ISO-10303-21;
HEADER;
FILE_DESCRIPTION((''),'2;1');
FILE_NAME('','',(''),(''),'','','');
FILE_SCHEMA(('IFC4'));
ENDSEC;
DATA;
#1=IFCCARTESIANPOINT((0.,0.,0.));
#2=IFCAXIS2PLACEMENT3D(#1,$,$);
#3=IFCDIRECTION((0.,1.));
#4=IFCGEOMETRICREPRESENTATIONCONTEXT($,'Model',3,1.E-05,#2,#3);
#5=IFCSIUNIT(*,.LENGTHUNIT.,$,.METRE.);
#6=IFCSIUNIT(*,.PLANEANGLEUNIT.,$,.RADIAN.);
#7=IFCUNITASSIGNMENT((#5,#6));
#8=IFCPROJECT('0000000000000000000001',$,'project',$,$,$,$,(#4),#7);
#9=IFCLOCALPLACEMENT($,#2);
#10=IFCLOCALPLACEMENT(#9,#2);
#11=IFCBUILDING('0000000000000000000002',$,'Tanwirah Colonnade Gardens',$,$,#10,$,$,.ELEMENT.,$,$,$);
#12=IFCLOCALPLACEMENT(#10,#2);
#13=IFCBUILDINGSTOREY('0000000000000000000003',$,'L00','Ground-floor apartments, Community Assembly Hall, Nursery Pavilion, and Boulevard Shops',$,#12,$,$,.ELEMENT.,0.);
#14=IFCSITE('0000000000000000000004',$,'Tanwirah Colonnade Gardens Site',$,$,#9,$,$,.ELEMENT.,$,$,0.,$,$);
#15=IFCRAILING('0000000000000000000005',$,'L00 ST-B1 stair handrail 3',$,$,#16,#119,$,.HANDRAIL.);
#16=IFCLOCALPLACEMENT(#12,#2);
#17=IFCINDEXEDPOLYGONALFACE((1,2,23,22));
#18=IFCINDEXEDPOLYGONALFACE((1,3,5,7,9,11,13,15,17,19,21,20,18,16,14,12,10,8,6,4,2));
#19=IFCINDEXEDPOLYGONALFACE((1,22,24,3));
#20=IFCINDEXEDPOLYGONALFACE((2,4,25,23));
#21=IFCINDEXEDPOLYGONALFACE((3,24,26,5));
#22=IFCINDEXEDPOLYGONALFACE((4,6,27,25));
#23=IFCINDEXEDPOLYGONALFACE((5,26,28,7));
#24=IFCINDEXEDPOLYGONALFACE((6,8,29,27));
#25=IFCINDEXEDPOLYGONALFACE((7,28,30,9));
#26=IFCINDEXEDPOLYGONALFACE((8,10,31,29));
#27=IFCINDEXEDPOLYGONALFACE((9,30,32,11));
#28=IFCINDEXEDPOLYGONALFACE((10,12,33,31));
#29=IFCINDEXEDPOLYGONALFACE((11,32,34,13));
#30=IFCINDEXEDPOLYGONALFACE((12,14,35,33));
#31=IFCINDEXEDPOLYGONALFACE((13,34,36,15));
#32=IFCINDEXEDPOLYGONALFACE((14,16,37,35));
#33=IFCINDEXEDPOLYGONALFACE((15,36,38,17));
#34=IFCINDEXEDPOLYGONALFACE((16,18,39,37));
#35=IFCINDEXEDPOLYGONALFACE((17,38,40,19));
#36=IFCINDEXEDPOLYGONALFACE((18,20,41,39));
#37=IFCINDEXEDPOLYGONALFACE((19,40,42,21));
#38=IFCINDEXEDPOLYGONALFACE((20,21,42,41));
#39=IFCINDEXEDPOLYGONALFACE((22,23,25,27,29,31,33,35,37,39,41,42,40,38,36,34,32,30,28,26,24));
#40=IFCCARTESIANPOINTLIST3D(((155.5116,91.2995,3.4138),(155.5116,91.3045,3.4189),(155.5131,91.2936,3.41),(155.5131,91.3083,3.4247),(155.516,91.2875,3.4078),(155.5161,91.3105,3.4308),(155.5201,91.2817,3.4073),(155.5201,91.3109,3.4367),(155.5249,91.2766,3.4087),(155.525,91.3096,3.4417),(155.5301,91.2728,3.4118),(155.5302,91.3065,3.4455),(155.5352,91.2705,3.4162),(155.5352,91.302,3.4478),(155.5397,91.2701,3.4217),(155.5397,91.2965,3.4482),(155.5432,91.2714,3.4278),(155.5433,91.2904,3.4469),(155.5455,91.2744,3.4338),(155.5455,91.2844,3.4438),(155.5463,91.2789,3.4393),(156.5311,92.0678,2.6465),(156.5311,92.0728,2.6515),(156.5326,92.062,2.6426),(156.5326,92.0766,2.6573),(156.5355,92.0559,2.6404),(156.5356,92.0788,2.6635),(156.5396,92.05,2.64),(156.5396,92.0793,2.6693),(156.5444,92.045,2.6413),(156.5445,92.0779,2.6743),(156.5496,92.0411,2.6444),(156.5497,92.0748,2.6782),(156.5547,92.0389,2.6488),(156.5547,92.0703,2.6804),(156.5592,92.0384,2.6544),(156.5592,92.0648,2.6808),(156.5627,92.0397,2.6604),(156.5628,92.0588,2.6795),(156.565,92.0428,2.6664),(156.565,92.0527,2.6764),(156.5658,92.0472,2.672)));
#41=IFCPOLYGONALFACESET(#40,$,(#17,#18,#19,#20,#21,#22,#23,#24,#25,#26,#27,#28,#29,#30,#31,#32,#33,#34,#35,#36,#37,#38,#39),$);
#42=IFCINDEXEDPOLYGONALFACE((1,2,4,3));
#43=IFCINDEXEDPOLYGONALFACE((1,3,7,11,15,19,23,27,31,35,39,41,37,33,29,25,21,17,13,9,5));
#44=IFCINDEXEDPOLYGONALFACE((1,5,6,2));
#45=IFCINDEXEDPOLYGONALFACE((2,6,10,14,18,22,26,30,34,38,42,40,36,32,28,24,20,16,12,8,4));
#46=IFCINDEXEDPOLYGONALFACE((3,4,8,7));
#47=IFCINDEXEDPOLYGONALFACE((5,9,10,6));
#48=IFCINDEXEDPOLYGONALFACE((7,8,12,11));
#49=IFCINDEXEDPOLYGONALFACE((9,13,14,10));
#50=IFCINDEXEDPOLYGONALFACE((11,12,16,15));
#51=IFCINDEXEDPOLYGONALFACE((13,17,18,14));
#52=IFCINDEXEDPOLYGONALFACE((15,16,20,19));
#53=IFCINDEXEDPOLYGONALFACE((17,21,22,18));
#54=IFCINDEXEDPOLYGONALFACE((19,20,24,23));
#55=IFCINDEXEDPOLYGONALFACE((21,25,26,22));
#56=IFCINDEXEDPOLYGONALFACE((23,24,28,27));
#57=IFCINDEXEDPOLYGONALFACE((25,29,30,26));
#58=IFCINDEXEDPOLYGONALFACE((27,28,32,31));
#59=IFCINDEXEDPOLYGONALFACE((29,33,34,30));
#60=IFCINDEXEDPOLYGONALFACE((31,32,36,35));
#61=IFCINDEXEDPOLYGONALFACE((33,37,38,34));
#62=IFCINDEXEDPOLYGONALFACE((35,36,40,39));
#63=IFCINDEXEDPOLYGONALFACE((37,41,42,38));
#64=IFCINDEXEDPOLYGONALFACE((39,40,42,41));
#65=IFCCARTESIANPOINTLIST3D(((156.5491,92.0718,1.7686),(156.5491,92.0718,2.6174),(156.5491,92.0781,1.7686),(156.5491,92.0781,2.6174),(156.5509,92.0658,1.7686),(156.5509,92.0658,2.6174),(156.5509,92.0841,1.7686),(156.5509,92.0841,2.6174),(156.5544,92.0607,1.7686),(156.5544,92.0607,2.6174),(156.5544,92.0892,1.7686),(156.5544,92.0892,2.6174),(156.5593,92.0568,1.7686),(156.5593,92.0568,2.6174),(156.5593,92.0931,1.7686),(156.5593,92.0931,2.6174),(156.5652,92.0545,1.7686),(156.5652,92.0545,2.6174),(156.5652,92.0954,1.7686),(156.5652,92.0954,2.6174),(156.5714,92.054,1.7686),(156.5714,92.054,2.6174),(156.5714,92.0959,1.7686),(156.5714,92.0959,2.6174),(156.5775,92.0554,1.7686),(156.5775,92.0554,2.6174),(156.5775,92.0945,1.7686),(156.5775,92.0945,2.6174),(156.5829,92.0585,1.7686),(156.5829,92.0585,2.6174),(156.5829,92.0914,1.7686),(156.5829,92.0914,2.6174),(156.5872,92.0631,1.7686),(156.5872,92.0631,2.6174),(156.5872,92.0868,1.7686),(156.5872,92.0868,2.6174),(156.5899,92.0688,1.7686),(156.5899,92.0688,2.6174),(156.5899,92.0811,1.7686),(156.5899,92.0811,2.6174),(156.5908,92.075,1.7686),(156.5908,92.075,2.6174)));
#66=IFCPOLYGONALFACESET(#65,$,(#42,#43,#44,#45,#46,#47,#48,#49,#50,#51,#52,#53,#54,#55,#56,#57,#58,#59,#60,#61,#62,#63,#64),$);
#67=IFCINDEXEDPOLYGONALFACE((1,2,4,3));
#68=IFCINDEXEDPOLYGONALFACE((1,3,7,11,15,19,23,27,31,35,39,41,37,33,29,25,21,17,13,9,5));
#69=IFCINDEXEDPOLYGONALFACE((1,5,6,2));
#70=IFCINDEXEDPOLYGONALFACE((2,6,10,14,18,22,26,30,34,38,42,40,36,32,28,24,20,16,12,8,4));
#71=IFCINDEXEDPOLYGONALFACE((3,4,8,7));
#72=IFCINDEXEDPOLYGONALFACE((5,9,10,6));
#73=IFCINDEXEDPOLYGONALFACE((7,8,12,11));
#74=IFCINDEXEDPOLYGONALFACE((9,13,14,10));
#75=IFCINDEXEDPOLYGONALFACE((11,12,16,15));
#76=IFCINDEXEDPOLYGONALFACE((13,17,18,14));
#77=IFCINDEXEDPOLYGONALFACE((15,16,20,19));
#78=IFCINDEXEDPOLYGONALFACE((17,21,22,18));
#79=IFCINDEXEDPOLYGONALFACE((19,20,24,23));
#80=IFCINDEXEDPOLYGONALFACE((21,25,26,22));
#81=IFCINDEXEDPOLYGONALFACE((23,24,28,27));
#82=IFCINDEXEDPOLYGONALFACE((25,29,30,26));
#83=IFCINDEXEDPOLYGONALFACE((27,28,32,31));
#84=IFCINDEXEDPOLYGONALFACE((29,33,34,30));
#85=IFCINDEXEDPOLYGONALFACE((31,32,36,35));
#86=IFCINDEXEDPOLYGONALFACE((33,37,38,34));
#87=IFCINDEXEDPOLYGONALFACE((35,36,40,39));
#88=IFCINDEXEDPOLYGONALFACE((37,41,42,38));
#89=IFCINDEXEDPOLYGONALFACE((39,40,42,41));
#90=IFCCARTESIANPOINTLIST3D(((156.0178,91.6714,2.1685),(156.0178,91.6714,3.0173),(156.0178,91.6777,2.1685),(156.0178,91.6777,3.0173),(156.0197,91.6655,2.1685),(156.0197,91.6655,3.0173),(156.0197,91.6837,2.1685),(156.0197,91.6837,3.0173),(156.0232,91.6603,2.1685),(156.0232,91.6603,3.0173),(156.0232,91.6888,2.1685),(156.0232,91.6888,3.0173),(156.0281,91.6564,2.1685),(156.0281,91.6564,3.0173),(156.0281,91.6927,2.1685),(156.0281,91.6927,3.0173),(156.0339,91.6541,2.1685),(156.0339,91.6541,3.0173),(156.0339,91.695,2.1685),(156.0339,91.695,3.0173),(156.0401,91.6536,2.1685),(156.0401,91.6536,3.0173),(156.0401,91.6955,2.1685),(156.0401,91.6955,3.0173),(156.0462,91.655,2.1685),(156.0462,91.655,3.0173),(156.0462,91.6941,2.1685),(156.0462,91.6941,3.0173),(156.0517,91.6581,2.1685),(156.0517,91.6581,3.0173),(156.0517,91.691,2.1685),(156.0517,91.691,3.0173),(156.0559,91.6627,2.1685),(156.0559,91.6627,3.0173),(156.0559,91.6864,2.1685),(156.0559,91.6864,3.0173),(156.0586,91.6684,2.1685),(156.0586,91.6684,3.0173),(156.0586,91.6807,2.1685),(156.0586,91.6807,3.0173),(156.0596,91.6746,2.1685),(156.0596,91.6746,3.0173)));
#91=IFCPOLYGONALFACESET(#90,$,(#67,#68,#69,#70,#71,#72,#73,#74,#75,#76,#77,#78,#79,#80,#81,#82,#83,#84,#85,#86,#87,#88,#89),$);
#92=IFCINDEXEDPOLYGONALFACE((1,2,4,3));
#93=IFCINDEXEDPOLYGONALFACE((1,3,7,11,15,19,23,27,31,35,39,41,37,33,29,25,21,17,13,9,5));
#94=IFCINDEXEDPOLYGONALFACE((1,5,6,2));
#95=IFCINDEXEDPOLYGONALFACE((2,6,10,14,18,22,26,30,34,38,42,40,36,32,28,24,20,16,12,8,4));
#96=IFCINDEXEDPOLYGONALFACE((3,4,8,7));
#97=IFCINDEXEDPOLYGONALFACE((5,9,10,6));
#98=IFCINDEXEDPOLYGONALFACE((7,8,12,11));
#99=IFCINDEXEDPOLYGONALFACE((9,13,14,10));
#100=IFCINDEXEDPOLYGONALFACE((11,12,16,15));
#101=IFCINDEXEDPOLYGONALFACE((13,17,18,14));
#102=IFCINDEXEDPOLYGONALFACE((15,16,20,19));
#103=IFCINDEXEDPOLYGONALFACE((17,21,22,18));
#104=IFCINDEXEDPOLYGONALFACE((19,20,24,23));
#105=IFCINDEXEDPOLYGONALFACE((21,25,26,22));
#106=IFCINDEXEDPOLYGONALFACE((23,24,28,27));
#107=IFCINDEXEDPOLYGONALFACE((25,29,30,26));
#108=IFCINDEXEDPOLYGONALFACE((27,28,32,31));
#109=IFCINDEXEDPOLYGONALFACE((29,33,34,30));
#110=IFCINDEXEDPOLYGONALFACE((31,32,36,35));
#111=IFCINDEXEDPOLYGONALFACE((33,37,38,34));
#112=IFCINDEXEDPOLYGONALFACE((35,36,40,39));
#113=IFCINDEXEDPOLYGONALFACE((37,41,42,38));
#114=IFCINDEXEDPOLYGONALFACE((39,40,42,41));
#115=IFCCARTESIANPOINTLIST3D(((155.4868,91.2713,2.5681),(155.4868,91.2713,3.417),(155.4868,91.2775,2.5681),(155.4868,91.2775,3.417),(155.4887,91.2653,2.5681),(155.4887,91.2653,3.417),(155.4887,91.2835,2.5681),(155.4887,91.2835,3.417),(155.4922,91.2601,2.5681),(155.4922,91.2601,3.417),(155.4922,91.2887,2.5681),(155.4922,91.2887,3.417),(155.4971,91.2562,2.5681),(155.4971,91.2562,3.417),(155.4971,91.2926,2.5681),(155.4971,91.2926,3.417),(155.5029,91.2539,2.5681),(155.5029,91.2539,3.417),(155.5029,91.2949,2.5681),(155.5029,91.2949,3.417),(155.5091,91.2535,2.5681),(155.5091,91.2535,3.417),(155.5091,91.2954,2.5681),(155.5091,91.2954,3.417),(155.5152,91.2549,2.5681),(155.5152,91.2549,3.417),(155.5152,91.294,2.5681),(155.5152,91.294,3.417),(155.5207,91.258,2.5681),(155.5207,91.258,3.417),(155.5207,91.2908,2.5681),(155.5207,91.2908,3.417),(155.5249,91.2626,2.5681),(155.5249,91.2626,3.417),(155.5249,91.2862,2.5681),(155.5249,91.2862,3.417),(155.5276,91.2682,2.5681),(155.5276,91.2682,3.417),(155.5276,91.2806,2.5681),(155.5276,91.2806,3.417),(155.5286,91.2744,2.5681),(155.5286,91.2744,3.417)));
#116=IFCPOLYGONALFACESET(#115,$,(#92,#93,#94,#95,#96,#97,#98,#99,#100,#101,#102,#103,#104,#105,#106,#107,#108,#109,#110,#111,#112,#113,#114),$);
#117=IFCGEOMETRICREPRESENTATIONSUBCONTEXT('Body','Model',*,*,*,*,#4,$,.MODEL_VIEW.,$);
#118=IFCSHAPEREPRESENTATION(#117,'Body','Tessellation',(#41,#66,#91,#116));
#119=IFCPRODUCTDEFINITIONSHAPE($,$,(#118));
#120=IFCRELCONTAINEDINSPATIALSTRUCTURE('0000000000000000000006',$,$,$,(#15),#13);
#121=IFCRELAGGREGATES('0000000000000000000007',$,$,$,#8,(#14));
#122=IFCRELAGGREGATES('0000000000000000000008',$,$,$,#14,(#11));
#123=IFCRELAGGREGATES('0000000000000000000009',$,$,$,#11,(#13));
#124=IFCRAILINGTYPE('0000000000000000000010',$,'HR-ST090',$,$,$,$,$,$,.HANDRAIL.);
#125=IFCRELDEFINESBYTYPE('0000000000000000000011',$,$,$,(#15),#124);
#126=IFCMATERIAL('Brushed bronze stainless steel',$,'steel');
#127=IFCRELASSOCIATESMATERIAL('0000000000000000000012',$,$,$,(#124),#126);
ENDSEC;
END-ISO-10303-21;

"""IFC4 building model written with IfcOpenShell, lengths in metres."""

from ifc_helpers import new_model, si_unit, direction, frame, origin, origin_2d, place, context, subcontext, project, spatial, circle, extrude, material, type_object, element, save


model = new_model("IFC4")

# Units and contexts
model_context = context("Model", 3, precision=1e-05, world=origin(), true_north=direction((0.0, 1.0)))
body_context = subcontext(model_context, "Body", "Model", "MODEL_VIEW")
ifc_project = project(units=[si_unit("LENGTHUNIT", "METRE"), si_unit("PLANEANGLEUNIT", "RADIAN")], contexts=[model_context])

# Site, building, storey
site_placement = place(None, origin())
site = spatial("IfcSite", under=ifc_project, at=site_placement, Name="Tanwirah Colonnade Gardens Site", CompositionType="ELEMENT", RefElevation=0.0)
building_placement = place(site_placement, origin())
building = spatial("IfcBuilding", under=site, at=building_placement, Name="Tanwirah Colonnade Gardens", CompositionType="ELEMENT")
storey_placement = place(building_placement, origin())
storey = spatial("IfcBuildingStorey", under=building, at=storey_placement, Name="L00", Description="Ground-floor apartments, Community Assembly Hall, Nursery Pavilion, and Boulevard Shops", CompositionType="ELEMENT", Elevation=0.0)

# Railing
ifc_material_1 = material(Name="Brushed bronze stainless steel", Category="steel")
railing_type_1 = type_object("IfcRailingType", Name="HR-ST090", PredefinedType="HANDRAIL", material=ifc_material_1)
railing_1_placement = place(storey_placement, frame((156.5698, 92.075, 1.7686)))
element("IfcRailing", 1, at=railing_1_placement, inside=storey, type_object=railing_type_1, Name="L00 ST-B1 stair handrail 3", PredefinedType="HANDRAIL", context=body_context, shape_type="SweptSolid", body=[
    extrude(circle(Radius=0.0239, at=origin_2d()), frame((-0.0215, -0.0161, 0.8918), z_axis=(-0.684466, -0.515827, 0.515198), x_axis=(0.601849, -0.79861, 0.0)), (0.0, 0.0, 1.0), 1.4895),
    extrude(circle(Radius=0.021, at=origin_2d()), origin(), (0.0, 0.0, 1.0), 0.8489),
    extrude(circle(Radius=0.021, at=origin_2d()), frame((-0.5312, -0.4004, 0.3999)), (0.0, 0.0, 1.0), 0.8489),
    extrude(circle(Radius=0.021, at=origin_2d()), frame((-1.0623, -0.8005, 0.7996)), (0.0, 0.0, 1.0), 0.8489),
])

save(model, "model.ifc")
